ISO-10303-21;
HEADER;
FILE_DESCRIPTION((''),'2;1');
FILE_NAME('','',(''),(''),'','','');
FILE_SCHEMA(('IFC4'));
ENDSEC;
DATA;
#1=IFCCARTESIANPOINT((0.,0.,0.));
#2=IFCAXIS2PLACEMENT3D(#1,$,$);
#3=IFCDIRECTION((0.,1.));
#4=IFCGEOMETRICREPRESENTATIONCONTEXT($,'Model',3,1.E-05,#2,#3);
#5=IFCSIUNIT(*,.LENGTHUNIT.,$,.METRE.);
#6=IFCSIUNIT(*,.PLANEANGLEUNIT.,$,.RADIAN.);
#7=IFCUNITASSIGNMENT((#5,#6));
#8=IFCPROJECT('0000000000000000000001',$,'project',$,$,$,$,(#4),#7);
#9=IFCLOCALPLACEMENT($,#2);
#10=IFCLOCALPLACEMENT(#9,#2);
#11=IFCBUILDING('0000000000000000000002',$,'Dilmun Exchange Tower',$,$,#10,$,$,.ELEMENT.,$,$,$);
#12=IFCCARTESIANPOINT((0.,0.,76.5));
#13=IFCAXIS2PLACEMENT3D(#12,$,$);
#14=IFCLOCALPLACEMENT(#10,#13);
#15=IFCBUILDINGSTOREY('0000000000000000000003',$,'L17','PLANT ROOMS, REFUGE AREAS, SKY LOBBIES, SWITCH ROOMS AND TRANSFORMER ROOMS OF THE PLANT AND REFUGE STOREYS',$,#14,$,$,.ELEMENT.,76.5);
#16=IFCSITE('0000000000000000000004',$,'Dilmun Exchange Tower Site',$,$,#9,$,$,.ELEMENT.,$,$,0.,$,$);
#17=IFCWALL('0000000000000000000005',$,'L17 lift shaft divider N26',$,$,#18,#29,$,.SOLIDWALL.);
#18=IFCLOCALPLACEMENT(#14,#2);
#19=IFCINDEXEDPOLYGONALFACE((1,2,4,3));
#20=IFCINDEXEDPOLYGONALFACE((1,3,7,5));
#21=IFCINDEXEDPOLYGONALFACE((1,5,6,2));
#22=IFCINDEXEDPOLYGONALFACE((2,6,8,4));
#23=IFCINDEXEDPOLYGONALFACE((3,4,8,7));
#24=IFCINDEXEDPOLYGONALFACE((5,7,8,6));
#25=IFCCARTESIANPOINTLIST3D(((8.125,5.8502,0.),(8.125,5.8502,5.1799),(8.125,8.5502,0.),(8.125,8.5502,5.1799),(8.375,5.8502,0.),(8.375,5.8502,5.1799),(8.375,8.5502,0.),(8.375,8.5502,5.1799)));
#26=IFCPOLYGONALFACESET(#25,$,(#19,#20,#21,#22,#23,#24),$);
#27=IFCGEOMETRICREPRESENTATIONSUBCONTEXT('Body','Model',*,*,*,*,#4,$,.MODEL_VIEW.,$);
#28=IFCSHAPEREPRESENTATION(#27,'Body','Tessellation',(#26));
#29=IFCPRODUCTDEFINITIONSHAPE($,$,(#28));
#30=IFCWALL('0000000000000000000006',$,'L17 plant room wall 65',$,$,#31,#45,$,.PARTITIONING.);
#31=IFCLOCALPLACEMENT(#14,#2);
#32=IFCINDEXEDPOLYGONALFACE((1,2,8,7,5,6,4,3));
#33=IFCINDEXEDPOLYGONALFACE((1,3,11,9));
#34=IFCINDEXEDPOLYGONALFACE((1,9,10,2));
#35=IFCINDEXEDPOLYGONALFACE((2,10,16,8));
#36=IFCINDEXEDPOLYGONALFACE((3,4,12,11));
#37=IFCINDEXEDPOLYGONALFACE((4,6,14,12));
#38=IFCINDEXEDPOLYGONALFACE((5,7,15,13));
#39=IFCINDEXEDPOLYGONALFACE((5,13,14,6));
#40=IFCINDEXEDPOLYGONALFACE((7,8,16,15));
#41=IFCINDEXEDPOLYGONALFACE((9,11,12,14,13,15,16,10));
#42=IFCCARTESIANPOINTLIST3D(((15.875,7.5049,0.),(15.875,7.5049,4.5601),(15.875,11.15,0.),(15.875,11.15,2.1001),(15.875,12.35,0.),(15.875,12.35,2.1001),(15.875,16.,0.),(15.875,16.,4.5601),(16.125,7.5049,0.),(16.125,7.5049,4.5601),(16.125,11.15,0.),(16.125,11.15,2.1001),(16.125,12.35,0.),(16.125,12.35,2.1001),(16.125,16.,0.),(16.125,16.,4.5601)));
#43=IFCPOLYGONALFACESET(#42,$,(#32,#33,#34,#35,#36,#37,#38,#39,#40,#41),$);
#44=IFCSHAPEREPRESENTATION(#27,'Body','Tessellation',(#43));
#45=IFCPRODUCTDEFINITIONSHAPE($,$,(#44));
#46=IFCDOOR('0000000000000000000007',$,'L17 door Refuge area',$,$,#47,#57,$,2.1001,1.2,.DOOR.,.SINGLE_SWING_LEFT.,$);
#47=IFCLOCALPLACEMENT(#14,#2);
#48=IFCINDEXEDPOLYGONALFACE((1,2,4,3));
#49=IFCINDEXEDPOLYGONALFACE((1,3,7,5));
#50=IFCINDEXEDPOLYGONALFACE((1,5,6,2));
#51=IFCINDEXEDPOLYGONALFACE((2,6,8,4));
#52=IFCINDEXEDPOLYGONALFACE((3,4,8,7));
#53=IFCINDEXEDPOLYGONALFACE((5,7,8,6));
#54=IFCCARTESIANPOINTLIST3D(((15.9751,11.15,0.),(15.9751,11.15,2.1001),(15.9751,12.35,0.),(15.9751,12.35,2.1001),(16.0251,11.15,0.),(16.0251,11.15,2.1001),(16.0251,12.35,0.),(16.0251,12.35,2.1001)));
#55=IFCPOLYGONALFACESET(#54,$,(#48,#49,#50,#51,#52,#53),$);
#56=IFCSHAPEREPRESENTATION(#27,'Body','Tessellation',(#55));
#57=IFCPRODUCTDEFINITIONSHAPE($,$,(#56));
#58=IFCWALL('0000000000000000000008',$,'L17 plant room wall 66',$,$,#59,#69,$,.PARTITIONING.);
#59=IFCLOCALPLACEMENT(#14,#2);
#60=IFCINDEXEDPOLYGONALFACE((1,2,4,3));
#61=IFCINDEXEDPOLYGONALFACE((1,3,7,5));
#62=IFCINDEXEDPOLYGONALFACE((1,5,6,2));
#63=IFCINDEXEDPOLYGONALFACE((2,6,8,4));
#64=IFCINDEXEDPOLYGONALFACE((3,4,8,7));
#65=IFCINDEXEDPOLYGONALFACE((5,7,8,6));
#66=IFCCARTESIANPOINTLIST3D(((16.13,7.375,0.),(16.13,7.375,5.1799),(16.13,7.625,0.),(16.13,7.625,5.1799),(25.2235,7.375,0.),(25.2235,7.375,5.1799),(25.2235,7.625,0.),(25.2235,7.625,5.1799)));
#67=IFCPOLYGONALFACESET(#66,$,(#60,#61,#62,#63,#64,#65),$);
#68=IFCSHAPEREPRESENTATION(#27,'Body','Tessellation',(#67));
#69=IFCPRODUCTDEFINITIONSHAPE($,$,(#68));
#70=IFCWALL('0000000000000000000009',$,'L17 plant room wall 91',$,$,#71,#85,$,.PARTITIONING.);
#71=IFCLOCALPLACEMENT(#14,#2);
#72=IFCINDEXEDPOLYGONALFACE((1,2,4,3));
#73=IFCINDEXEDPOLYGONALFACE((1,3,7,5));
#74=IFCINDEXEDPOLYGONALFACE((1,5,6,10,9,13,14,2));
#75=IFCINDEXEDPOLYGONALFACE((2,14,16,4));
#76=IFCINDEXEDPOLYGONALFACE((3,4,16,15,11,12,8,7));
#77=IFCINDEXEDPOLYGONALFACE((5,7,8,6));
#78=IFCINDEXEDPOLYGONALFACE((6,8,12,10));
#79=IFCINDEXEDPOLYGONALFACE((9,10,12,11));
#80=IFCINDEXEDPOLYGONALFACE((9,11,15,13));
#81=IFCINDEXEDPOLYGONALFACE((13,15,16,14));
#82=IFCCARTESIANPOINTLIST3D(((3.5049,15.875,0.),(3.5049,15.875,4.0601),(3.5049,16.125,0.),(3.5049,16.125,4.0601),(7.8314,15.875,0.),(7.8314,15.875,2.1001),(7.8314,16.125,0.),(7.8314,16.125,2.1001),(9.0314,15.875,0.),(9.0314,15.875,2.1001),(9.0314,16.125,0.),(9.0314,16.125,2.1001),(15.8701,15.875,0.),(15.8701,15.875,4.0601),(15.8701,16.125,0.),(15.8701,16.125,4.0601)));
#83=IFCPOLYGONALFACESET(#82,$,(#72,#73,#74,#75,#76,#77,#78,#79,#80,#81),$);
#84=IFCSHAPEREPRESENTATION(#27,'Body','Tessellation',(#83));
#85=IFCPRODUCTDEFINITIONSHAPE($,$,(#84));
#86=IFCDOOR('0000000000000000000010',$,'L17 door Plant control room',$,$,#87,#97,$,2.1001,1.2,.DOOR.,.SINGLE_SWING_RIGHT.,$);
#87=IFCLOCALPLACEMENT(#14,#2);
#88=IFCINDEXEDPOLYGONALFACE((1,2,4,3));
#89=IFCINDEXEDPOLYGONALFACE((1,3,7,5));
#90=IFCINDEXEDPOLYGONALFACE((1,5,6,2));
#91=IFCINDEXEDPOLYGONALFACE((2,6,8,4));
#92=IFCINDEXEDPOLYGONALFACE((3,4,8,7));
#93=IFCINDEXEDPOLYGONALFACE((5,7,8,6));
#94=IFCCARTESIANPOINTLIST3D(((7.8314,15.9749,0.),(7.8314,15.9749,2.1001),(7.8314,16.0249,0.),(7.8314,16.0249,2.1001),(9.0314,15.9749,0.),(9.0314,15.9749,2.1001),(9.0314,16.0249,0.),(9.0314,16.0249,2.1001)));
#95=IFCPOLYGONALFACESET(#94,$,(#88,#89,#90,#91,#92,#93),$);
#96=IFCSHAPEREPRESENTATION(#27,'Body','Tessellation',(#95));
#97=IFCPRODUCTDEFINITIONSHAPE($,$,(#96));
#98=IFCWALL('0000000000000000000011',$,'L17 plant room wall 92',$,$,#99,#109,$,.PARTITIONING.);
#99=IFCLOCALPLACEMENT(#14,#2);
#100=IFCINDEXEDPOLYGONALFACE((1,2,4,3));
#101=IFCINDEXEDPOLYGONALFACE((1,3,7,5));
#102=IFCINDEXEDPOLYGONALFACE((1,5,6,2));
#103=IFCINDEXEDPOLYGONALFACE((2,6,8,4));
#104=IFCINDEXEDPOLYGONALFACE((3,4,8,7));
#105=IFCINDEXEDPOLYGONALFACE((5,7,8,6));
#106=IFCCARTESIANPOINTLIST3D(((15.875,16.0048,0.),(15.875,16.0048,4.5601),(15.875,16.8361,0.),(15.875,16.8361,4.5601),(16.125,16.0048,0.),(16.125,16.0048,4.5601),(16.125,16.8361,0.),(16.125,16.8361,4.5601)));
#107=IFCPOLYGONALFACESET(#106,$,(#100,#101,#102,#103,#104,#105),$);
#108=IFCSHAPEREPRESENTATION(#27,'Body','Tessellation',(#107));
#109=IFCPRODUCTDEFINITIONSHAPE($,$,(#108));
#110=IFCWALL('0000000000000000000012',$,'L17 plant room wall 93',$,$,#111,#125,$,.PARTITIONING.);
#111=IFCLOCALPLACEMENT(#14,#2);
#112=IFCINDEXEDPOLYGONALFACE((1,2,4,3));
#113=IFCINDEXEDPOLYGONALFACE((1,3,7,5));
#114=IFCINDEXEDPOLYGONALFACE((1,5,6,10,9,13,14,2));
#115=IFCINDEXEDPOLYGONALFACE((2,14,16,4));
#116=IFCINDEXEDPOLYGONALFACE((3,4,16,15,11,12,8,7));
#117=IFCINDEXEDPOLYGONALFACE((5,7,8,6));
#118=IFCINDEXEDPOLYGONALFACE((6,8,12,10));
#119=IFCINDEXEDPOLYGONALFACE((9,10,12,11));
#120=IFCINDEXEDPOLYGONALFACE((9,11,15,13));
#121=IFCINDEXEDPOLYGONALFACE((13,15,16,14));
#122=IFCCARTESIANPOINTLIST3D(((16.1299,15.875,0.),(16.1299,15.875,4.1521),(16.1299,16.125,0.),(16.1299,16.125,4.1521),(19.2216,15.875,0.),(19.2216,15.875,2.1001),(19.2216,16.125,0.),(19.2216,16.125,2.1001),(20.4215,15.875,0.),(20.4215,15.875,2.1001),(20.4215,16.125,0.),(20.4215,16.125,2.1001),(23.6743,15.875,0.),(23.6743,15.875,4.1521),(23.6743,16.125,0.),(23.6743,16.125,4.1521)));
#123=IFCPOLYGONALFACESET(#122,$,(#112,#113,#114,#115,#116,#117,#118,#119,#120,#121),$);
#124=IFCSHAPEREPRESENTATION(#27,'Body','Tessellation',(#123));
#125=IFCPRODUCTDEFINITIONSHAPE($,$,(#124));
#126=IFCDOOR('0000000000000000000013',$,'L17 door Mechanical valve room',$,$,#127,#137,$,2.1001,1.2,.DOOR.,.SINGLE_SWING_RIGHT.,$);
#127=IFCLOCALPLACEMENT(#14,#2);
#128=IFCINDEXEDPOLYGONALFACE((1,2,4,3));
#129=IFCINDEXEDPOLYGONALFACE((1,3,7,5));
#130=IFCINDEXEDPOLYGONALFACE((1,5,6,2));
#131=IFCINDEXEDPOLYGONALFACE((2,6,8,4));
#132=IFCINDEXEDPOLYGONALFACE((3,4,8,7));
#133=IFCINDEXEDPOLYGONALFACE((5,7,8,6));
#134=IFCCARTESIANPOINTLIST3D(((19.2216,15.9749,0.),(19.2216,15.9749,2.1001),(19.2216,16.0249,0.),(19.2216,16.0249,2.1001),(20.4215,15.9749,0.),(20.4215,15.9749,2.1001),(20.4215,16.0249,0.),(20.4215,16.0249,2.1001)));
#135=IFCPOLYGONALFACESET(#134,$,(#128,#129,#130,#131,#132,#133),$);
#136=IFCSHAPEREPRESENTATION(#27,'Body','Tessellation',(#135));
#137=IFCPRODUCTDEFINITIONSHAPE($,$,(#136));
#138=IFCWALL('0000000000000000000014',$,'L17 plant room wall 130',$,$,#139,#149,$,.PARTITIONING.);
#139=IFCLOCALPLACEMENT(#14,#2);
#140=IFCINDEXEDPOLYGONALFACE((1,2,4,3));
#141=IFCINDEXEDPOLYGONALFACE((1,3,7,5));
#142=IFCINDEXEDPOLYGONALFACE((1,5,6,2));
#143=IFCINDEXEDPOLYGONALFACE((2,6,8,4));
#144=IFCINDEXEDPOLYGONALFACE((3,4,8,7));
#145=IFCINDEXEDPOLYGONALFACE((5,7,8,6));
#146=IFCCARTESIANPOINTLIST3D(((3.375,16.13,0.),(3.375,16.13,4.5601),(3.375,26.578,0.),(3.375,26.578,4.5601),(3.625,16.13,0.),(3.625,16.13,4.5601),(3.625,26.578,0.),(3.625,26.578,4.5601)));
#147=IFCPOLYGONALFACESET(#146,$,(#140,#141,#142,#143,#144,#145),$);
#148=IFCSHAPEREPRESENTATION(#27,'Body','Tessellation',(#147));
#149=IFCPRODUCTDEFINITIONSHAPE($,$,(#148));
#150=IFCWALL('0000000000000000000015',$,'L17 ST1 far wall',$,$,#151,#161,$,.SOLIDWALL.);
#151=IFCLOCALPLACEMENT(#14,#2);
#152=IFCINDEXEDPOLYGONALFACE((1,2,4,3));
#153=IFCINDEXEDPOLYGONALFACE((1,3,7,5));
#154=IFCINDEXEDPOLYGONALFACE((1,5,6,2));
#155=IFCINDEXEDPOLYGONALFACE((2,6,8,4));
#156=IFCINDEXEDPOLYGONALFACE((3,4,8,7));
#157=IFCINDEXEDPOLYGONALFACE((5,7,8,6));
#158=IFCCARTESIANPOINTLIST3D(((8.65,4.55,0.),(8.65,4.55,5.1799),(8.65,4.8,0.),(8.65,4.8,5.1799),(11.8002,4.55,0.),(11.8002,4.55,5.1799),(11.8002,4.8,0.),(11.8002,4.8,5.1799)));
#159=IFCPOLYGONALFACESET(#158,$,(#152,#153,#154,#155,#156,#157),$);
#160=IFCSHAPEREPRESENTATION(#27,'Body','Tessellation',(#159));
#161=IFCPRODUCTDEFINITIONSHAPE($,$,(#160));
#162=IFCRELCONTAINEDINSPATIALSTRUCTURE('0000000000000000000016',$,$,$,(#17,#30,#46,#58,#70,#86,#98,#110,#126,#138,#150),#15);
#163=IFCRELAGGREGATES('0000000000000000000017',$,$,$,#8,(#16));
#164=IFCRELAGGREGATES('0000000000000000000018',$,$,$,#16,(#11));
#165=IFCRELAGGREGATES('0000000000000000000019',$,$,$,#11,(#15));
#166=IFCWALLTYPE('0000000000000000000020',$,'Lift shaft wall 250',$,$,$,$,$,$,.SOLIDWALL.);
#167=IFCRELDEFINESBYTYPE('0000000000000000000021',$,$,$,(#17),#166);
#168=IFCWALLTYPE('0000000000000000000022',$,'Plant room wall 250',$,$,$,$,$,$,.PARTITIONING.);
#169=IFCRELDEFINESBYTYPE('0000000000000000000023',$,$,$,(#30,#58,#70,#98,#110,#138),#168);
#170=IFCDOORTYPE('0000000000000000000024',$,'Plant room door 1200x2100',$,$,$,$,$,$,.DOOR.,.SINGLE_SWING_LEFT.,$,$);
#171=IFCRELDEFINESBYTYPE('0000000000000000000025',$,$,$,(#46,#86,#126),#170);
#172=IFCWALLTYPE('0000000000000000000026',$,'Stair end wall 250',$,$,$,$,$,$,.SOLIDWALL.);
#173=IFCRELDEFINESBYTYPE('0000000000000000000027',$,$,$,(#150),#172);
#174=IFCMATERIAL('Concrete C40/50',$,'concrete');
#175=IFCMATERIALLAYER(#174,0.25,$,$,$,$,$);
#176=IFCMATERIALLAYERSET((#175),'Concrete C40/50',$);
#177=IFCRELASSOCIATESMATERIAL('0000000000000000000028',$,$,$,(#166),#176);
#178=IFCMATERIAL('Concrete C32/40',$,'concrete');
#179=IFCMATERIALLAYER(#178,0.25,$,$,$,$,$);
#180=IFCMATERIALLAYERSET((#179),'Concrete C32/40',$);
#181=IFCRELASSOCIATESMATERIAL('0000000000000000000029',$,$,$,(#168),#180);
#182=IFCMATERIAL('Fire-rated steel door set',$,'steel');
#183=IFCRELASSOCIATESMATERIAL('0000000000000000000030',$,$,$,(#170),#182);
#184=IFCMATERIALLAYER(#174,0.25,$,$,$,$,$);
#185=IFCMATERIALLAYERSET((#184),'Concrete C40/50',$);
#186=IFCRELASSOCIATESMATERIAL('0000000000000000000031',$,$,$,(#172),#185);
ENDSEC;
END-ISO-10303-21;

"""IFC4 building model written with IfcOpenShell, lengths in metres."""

from ifc_helpers import new_model, si_unit, direction, frame, frame_2d, origin, place, context, subcontext, project, spatial, rectangle, extrude, material, layer, layer_set, type_object, element, fill, save


model = new_model("IFC4")

# Units and contexts
model_context = context("Model", 3, precision=1e-05, world=origin(), true_north=direction((0.0, 1.0)))
body_context = subcontext(model_context, "Body", "Model", "MODEL_VIEW")
ifc_project = project(units=[si_unit("LENGTHUNIT", "METRE"), si_unit("PLANEANGLEUNIT", "RADIAN")], contexts=[model_context])

# Site, building, storey
site_placement = place(None, origin())
site = spatial("IfcSite", under=ifc_project, at=site_placement, Name="Dilmun Exchange Tower Site", CompositionType="ELEMENT", RefElevation=0.0)
building_placement = place(site_placement, origin())
building = spatial("IfcBuilding", under=site, at=building_placement, Name="Dilmun Exchange Tower", CompositionType="ELEMENT")
storey_placement = place(building_placement, frame((0.0, 0.0, 76.5)))
storey = spatial("IfcBuildingStorey", under=building, at=storey_placement, Name="L17", Description="PLANT ROOMS, REFUGE AREAS, SKY LOBBIES, SWITCH ROOMS AND TRANSFORMER ROOMS OF THE PLANT AND REFUGE STOREYS", CompositionType="ELEMENT", Elevation=76.5)

# Wall
ifc_material_1 = material(Name="Concrete C40/50", Category="concrete")
ifc_layer_1 = layer(ifc_material_1, 0.25)
ifc_layer_set_1 = layer_set([ifc_layer_1], Name="Concrete C40/50")
wall_type_1 = type_object("IfcWallType", Name="Lift shaft wall 250", PredefinedType="SOLIDWALL", material=ifc_layer_set_1)
for number, where, z_axis, x_axis, name in (
    (1, (8.25, 5.8501, 0.0), (0.0, 0.0, 1.0), (0.0, 1.0, 0.0), "L17 lift shaft divider N26"),
):
    element("IfcWall", number, at=place(storey_placement, frame(where, z_axis=z_axis, x_axis=x_axis)), inside=storey, type_object=wall_type_1, Name=name, PredefinedType="SOLIDWALL", context=body_context, shape_type="SweptSolid", body=[
        extrude(rectangle(XDim=2.7, YDim=0.25, at=frame_2d((1.3501, 0.0))), origin(), (0.0, 0.0, 1.0), 5.1799),
    ])

# Wall, opening, door
ifc_material_2 = material(Name="Concrete C32/40", Category="concrete")
ifc_layer_2 = layer(ifc_material_2, 0.25)
ifc_layer_set_2 = layer_set([ifc_layer_2], Name="Concrete C32/40")
wall_type_2 = type_object("IfcWallType", Name="Plant room wall 250", PredefinedType="PARTITIONING", material=ifc_layer_set_2)
wall_1_placement = place(storey_placement, frame((16.0, 7.5049, 0.0), z_axis=(0.0, 0.0, 1.0), x_axis=(0.0, 1.0, 0.0)))
wall_1 = element("IfcWall", 2, at=wall_1_placement, inside=storey, type_object=wall_type_2, Name="L17 plant room wall 65", PredefinedType="PARTITIONING", context=body_context, shape_type="SweptSolid", body=[
    extrude(rectangle(XDim=8.4951, YDim=0.25, at=frame_2d((4.2476, 0.0))), origin(), (0.0, 0.0, 1.0), 4.5601),
])
opening_1_placement = place(wall_1_placement, frame((3.645, 0.0, 0.0)))
opening_1 = element("IfcOpeningElement", 3, at=opening_1_placement, cuts=wall_1, PredefinedType="OPENING", context=body_context, shape_type="SweptSolid", body=[
    extrude(rectangle(XDim=1.2, YDim=2.1001, at=frame_2d((0.6001, 1.05))), frame((0.0, 0.135, 0.0), z_axis=(0.0, -1.0, 0.0), x_axis=(1.0, 0.0, 0.0)), (0.0, 0.0, 1.0), 0.27),
])
ifc_material_3 = material(Name="Fire-rated steel door set", Category="steel")
door_type_1 = type_object("IfcDoorType", Name="Plant room door 1200x2100", OperationType="SINGLE_SWING_LEFT", PredefinedType="DOOR", material=ifc_material_3)
door_1_placement = place(opening_1_placement, origin())
door_1 = element("IfcDoor", 4, at=door_1_placement, inside=storey, type_object=door_type_1, Name="L17 door Refuge area", OperationType="SINGLE_SWING_LEFT", OverallHeight=2.1001, OverallWidth=1.2, PredefinedType="DOOR", context=body_context, shape_type="SweptSolid", body=[
    extrude(rectangle(XDim=1.2, YDim=2.1001, at=frame_2d((0.6001, 1.05))), frame((0.0, 0.0249, 0.0), z_axis=(0.0, -1.0, 0.0), x_axis=(1.0, 0.0, 0.0)), (0.0, 0.0, 1.0), 0.05),
])
fill(opening_1, door_1)

# Wall
wall_2_placement = place(storey_placement, frame((16.1299, 7.5, 0.0), z_axis=(0.0, 0.0, 1.0), x_axis=(1.0, 0.0, 0.0)))
element("IfcWall", 5, at=wall_2_placement, inside=storey, type_object=wall_type_2, Name="L17 plant room wall 66", PredefinedType="PARTITIONING", context=body_context, shape_type="SweptSolid", body=[
    extrude(rectangle(XDim=9.0935, YDim=0.25, at=frame_2d((4.5469, 0.0))), origin(), (0.0, 0.0, 1.0), 5.1799),
])

# Wall, opening, door
wall_3_placement = place(storey_placement, frame((3.5049, 16.0, 0.0), z_axis=(0.0, 0.0, 1.0), x_axis=(1.0, 0.0, 0.0)))
wall_3 = element("IfcWall", 6, at=wall_3_placement, inside=storey, type_object=wall_type_2, Name="L17 plant room wall 91", PredefinedType="PARTITIONING", context=body_context, shape_type="SweptSolid", body=[
    extrude(rectangle(XDim=12.3652, YDim=0.25, at=frame_2d((6.1826, 0.0))), origin(), (0.0, 0.0, 1.0), 4.0601),
])
opening_2_placement = place(wall_3_placement, frame((4.3264, 0.0, 0.0)))
opening_2 = element("IfcOpeningElement", 7, at=opening_2_placement, cuts=wall_3, PredefinedType="OPENING", context=body_context, shape_type="SweptSolid", body=[
    extrude(rectangle(XDim=1.2, YDim=2.1001, at=frame_2d((0.6001, 1.05))), frame((0.0, 0.135, 0.0), z_axis=(0.0, -1.0, 0.0), x_axis=(1.0, 0.0, 0.0)), (0.0, 0.0, 1.0), 0.27),
])
door_2_placement = place(opening_2_placement, origin())
door_2 = element("IfcDoor", 8, at=door_2_placement, inside=storey, type_object=door_type_1, Name="L17 door Plant control room", OperationType="SINGLE_SWING_RIGHT", OverallHeight=2.1001, OverallWidth=1.2, PredefinedType="DOOR", context=body_context, shape_type="SweptSolid", body=[
    extrude(rectangle(XDim=1.2, YDim=2.1001, at=frame_2d((0.6001, 1.05))), frame((0.0, 0.0249, 0.0), z_axis=(0.0, -1.0, 0.0), x_axis=(1.0, 0.0, 0.0)), (0.0, 0.0, 1.0), 0.05),
])
fill(opening_2, door_2)

# Wall
wall_4_placement = place(storey_placement, frame((16.0, 16.0049, 0.0), z_axis=(0.0, 0.0, 1.0), x_axis=(0.0, 1.0, 0.0)))
element("IfcWall", 9, at=wall_4_placement, inside=storey, type_object=wall_type_2, Name="L17 plant room wall 92", PredefinedType="PARTITIONING", context=body_context, shape_type="SweptSolid", body=[
    extrude(rectangle(XDim=0.8313, YDim=0.25, at=frame_2d((0.4155, 0.0))), origin(), (0.0, 0.0, 1.0), 4.5601),
])

# Wall, opening, door
wall_5_placement = place(storey_placement, frame((16.1299, 16.0, 0.0), z_axis=(0.0, 0.0, 1.0), x_axis=(1.0, 0.0, 0.0)))
wall_5 = element("IfcWall", 10, at=wall_5_placement, inside=storey, type_object=wall_type_2, Name="L17 plant room wall 93", PredefinedType="PARTITIONING", context=body_context, shape_type="SweptSolid", body=[
    extrude(rectangle(XDim=7.5444, YDim=0.25, at=frame_2d((3.7722, 0.0))), origin(), (0.0, 0.0, 1.0), 4.1521),
])
opening_3_placement = place(wall_5_placement, frame((3.0916, 0.0, 0.0)))
opening_3 = element("IfcOpeningElement", 11, at=opening_3_placement, cuts=wall_5, PredefinedType="OPENING", context=body_context, shape_type="SweptSolid", body=[
    extrude(rectangle(XDim=1.2, YDim=2.1001, at=frame_2d((0.6001, 1.05))), frame((0.0, 0.135, 0.0), z_axis=(0.0, -1.0, 0.0), x_axis=(1.0, 0.0, 0.0)), (0.0, 0.0, 1.0), 0.27),
])
door_3_placement = place(opening_3_placement, origin())
door_3 = element("IfcDoor", 12, at=door_3_placement, inside=storey, type_object=door_type_1, Name="L17 door Mechanical valve room", OperationType="SINGLE_SWING_RIGHT", OverallHeight=2.1001, OverallWidth=1.2, PredefinedType="DOOR", context=body_context, shape_type="SweptSolid", body=[
    extrude(rectangle(XDim=1.2, YDim=2.1001, at=frame_2d((0.6001, 1.05))), frame((0.0, 0.0249, 0.0), z_axis=(0.0, -1.0, 0.0), x_axis=(1.0, 0.0, 0.0)), (0.0, 0.0, 1.0), 0.05),
])
fill(opening_3, door_3)

# Walls
wall_6_placement = place(storey_placement, frame((3.5, 16.1299, 0.0), z_axis=(0.0, 0.0, 1.0), x_axis=(0.0, 1.0, 0.0)))
element("IfcWall", 13, at=wall_6_placement, inside=storey, type_object=wall_type_2, Name="L17 plant room wall 130", PredefinedType="PARTITIONING", context=body_context, shape_type="SweptSolid", body=[
    extrude(rectangle(XDim=10.448, YDim=0.25, at=frame_2d((5.2241, 0.0))), origin(), (0.0, 0.0, 1.0), 4.5601),
])
ifc_layer_3 = layer(ifc_material_1, 0.25)
ifc_layer_set_3 = layer_set([ifc_layer_3], Name="Concrete C40/50")
wall_type_3 = type_object("IfcWallType", Name="Stair end wall 250", PredefinedType="SOLIDWALL", material=ifc_layer_set_3)
wall_7_placement = place(storey_placement, frame((8.6499, 4.675, 0.0), z_axis=(0.0, 0.0, 1.0), x_axis=(1.0, 0.0, 0.0)))
element("IfcWall", 14, at=wall_7_placement, inside=storey, type_object=wall_type_3, Name="L17 ST1 far wall", PredefinedType="SOLIDWALL", context=body_context, shape_type="SweptSolid", body=[
    extrude(rectangle(XDim=3.1501, YDim=0.25, at=frame_2d((1.5752, 0.0))), origin(), (0.0, 0.0, 1.0), 5.1799),
])

save(model, "model.ifc")
